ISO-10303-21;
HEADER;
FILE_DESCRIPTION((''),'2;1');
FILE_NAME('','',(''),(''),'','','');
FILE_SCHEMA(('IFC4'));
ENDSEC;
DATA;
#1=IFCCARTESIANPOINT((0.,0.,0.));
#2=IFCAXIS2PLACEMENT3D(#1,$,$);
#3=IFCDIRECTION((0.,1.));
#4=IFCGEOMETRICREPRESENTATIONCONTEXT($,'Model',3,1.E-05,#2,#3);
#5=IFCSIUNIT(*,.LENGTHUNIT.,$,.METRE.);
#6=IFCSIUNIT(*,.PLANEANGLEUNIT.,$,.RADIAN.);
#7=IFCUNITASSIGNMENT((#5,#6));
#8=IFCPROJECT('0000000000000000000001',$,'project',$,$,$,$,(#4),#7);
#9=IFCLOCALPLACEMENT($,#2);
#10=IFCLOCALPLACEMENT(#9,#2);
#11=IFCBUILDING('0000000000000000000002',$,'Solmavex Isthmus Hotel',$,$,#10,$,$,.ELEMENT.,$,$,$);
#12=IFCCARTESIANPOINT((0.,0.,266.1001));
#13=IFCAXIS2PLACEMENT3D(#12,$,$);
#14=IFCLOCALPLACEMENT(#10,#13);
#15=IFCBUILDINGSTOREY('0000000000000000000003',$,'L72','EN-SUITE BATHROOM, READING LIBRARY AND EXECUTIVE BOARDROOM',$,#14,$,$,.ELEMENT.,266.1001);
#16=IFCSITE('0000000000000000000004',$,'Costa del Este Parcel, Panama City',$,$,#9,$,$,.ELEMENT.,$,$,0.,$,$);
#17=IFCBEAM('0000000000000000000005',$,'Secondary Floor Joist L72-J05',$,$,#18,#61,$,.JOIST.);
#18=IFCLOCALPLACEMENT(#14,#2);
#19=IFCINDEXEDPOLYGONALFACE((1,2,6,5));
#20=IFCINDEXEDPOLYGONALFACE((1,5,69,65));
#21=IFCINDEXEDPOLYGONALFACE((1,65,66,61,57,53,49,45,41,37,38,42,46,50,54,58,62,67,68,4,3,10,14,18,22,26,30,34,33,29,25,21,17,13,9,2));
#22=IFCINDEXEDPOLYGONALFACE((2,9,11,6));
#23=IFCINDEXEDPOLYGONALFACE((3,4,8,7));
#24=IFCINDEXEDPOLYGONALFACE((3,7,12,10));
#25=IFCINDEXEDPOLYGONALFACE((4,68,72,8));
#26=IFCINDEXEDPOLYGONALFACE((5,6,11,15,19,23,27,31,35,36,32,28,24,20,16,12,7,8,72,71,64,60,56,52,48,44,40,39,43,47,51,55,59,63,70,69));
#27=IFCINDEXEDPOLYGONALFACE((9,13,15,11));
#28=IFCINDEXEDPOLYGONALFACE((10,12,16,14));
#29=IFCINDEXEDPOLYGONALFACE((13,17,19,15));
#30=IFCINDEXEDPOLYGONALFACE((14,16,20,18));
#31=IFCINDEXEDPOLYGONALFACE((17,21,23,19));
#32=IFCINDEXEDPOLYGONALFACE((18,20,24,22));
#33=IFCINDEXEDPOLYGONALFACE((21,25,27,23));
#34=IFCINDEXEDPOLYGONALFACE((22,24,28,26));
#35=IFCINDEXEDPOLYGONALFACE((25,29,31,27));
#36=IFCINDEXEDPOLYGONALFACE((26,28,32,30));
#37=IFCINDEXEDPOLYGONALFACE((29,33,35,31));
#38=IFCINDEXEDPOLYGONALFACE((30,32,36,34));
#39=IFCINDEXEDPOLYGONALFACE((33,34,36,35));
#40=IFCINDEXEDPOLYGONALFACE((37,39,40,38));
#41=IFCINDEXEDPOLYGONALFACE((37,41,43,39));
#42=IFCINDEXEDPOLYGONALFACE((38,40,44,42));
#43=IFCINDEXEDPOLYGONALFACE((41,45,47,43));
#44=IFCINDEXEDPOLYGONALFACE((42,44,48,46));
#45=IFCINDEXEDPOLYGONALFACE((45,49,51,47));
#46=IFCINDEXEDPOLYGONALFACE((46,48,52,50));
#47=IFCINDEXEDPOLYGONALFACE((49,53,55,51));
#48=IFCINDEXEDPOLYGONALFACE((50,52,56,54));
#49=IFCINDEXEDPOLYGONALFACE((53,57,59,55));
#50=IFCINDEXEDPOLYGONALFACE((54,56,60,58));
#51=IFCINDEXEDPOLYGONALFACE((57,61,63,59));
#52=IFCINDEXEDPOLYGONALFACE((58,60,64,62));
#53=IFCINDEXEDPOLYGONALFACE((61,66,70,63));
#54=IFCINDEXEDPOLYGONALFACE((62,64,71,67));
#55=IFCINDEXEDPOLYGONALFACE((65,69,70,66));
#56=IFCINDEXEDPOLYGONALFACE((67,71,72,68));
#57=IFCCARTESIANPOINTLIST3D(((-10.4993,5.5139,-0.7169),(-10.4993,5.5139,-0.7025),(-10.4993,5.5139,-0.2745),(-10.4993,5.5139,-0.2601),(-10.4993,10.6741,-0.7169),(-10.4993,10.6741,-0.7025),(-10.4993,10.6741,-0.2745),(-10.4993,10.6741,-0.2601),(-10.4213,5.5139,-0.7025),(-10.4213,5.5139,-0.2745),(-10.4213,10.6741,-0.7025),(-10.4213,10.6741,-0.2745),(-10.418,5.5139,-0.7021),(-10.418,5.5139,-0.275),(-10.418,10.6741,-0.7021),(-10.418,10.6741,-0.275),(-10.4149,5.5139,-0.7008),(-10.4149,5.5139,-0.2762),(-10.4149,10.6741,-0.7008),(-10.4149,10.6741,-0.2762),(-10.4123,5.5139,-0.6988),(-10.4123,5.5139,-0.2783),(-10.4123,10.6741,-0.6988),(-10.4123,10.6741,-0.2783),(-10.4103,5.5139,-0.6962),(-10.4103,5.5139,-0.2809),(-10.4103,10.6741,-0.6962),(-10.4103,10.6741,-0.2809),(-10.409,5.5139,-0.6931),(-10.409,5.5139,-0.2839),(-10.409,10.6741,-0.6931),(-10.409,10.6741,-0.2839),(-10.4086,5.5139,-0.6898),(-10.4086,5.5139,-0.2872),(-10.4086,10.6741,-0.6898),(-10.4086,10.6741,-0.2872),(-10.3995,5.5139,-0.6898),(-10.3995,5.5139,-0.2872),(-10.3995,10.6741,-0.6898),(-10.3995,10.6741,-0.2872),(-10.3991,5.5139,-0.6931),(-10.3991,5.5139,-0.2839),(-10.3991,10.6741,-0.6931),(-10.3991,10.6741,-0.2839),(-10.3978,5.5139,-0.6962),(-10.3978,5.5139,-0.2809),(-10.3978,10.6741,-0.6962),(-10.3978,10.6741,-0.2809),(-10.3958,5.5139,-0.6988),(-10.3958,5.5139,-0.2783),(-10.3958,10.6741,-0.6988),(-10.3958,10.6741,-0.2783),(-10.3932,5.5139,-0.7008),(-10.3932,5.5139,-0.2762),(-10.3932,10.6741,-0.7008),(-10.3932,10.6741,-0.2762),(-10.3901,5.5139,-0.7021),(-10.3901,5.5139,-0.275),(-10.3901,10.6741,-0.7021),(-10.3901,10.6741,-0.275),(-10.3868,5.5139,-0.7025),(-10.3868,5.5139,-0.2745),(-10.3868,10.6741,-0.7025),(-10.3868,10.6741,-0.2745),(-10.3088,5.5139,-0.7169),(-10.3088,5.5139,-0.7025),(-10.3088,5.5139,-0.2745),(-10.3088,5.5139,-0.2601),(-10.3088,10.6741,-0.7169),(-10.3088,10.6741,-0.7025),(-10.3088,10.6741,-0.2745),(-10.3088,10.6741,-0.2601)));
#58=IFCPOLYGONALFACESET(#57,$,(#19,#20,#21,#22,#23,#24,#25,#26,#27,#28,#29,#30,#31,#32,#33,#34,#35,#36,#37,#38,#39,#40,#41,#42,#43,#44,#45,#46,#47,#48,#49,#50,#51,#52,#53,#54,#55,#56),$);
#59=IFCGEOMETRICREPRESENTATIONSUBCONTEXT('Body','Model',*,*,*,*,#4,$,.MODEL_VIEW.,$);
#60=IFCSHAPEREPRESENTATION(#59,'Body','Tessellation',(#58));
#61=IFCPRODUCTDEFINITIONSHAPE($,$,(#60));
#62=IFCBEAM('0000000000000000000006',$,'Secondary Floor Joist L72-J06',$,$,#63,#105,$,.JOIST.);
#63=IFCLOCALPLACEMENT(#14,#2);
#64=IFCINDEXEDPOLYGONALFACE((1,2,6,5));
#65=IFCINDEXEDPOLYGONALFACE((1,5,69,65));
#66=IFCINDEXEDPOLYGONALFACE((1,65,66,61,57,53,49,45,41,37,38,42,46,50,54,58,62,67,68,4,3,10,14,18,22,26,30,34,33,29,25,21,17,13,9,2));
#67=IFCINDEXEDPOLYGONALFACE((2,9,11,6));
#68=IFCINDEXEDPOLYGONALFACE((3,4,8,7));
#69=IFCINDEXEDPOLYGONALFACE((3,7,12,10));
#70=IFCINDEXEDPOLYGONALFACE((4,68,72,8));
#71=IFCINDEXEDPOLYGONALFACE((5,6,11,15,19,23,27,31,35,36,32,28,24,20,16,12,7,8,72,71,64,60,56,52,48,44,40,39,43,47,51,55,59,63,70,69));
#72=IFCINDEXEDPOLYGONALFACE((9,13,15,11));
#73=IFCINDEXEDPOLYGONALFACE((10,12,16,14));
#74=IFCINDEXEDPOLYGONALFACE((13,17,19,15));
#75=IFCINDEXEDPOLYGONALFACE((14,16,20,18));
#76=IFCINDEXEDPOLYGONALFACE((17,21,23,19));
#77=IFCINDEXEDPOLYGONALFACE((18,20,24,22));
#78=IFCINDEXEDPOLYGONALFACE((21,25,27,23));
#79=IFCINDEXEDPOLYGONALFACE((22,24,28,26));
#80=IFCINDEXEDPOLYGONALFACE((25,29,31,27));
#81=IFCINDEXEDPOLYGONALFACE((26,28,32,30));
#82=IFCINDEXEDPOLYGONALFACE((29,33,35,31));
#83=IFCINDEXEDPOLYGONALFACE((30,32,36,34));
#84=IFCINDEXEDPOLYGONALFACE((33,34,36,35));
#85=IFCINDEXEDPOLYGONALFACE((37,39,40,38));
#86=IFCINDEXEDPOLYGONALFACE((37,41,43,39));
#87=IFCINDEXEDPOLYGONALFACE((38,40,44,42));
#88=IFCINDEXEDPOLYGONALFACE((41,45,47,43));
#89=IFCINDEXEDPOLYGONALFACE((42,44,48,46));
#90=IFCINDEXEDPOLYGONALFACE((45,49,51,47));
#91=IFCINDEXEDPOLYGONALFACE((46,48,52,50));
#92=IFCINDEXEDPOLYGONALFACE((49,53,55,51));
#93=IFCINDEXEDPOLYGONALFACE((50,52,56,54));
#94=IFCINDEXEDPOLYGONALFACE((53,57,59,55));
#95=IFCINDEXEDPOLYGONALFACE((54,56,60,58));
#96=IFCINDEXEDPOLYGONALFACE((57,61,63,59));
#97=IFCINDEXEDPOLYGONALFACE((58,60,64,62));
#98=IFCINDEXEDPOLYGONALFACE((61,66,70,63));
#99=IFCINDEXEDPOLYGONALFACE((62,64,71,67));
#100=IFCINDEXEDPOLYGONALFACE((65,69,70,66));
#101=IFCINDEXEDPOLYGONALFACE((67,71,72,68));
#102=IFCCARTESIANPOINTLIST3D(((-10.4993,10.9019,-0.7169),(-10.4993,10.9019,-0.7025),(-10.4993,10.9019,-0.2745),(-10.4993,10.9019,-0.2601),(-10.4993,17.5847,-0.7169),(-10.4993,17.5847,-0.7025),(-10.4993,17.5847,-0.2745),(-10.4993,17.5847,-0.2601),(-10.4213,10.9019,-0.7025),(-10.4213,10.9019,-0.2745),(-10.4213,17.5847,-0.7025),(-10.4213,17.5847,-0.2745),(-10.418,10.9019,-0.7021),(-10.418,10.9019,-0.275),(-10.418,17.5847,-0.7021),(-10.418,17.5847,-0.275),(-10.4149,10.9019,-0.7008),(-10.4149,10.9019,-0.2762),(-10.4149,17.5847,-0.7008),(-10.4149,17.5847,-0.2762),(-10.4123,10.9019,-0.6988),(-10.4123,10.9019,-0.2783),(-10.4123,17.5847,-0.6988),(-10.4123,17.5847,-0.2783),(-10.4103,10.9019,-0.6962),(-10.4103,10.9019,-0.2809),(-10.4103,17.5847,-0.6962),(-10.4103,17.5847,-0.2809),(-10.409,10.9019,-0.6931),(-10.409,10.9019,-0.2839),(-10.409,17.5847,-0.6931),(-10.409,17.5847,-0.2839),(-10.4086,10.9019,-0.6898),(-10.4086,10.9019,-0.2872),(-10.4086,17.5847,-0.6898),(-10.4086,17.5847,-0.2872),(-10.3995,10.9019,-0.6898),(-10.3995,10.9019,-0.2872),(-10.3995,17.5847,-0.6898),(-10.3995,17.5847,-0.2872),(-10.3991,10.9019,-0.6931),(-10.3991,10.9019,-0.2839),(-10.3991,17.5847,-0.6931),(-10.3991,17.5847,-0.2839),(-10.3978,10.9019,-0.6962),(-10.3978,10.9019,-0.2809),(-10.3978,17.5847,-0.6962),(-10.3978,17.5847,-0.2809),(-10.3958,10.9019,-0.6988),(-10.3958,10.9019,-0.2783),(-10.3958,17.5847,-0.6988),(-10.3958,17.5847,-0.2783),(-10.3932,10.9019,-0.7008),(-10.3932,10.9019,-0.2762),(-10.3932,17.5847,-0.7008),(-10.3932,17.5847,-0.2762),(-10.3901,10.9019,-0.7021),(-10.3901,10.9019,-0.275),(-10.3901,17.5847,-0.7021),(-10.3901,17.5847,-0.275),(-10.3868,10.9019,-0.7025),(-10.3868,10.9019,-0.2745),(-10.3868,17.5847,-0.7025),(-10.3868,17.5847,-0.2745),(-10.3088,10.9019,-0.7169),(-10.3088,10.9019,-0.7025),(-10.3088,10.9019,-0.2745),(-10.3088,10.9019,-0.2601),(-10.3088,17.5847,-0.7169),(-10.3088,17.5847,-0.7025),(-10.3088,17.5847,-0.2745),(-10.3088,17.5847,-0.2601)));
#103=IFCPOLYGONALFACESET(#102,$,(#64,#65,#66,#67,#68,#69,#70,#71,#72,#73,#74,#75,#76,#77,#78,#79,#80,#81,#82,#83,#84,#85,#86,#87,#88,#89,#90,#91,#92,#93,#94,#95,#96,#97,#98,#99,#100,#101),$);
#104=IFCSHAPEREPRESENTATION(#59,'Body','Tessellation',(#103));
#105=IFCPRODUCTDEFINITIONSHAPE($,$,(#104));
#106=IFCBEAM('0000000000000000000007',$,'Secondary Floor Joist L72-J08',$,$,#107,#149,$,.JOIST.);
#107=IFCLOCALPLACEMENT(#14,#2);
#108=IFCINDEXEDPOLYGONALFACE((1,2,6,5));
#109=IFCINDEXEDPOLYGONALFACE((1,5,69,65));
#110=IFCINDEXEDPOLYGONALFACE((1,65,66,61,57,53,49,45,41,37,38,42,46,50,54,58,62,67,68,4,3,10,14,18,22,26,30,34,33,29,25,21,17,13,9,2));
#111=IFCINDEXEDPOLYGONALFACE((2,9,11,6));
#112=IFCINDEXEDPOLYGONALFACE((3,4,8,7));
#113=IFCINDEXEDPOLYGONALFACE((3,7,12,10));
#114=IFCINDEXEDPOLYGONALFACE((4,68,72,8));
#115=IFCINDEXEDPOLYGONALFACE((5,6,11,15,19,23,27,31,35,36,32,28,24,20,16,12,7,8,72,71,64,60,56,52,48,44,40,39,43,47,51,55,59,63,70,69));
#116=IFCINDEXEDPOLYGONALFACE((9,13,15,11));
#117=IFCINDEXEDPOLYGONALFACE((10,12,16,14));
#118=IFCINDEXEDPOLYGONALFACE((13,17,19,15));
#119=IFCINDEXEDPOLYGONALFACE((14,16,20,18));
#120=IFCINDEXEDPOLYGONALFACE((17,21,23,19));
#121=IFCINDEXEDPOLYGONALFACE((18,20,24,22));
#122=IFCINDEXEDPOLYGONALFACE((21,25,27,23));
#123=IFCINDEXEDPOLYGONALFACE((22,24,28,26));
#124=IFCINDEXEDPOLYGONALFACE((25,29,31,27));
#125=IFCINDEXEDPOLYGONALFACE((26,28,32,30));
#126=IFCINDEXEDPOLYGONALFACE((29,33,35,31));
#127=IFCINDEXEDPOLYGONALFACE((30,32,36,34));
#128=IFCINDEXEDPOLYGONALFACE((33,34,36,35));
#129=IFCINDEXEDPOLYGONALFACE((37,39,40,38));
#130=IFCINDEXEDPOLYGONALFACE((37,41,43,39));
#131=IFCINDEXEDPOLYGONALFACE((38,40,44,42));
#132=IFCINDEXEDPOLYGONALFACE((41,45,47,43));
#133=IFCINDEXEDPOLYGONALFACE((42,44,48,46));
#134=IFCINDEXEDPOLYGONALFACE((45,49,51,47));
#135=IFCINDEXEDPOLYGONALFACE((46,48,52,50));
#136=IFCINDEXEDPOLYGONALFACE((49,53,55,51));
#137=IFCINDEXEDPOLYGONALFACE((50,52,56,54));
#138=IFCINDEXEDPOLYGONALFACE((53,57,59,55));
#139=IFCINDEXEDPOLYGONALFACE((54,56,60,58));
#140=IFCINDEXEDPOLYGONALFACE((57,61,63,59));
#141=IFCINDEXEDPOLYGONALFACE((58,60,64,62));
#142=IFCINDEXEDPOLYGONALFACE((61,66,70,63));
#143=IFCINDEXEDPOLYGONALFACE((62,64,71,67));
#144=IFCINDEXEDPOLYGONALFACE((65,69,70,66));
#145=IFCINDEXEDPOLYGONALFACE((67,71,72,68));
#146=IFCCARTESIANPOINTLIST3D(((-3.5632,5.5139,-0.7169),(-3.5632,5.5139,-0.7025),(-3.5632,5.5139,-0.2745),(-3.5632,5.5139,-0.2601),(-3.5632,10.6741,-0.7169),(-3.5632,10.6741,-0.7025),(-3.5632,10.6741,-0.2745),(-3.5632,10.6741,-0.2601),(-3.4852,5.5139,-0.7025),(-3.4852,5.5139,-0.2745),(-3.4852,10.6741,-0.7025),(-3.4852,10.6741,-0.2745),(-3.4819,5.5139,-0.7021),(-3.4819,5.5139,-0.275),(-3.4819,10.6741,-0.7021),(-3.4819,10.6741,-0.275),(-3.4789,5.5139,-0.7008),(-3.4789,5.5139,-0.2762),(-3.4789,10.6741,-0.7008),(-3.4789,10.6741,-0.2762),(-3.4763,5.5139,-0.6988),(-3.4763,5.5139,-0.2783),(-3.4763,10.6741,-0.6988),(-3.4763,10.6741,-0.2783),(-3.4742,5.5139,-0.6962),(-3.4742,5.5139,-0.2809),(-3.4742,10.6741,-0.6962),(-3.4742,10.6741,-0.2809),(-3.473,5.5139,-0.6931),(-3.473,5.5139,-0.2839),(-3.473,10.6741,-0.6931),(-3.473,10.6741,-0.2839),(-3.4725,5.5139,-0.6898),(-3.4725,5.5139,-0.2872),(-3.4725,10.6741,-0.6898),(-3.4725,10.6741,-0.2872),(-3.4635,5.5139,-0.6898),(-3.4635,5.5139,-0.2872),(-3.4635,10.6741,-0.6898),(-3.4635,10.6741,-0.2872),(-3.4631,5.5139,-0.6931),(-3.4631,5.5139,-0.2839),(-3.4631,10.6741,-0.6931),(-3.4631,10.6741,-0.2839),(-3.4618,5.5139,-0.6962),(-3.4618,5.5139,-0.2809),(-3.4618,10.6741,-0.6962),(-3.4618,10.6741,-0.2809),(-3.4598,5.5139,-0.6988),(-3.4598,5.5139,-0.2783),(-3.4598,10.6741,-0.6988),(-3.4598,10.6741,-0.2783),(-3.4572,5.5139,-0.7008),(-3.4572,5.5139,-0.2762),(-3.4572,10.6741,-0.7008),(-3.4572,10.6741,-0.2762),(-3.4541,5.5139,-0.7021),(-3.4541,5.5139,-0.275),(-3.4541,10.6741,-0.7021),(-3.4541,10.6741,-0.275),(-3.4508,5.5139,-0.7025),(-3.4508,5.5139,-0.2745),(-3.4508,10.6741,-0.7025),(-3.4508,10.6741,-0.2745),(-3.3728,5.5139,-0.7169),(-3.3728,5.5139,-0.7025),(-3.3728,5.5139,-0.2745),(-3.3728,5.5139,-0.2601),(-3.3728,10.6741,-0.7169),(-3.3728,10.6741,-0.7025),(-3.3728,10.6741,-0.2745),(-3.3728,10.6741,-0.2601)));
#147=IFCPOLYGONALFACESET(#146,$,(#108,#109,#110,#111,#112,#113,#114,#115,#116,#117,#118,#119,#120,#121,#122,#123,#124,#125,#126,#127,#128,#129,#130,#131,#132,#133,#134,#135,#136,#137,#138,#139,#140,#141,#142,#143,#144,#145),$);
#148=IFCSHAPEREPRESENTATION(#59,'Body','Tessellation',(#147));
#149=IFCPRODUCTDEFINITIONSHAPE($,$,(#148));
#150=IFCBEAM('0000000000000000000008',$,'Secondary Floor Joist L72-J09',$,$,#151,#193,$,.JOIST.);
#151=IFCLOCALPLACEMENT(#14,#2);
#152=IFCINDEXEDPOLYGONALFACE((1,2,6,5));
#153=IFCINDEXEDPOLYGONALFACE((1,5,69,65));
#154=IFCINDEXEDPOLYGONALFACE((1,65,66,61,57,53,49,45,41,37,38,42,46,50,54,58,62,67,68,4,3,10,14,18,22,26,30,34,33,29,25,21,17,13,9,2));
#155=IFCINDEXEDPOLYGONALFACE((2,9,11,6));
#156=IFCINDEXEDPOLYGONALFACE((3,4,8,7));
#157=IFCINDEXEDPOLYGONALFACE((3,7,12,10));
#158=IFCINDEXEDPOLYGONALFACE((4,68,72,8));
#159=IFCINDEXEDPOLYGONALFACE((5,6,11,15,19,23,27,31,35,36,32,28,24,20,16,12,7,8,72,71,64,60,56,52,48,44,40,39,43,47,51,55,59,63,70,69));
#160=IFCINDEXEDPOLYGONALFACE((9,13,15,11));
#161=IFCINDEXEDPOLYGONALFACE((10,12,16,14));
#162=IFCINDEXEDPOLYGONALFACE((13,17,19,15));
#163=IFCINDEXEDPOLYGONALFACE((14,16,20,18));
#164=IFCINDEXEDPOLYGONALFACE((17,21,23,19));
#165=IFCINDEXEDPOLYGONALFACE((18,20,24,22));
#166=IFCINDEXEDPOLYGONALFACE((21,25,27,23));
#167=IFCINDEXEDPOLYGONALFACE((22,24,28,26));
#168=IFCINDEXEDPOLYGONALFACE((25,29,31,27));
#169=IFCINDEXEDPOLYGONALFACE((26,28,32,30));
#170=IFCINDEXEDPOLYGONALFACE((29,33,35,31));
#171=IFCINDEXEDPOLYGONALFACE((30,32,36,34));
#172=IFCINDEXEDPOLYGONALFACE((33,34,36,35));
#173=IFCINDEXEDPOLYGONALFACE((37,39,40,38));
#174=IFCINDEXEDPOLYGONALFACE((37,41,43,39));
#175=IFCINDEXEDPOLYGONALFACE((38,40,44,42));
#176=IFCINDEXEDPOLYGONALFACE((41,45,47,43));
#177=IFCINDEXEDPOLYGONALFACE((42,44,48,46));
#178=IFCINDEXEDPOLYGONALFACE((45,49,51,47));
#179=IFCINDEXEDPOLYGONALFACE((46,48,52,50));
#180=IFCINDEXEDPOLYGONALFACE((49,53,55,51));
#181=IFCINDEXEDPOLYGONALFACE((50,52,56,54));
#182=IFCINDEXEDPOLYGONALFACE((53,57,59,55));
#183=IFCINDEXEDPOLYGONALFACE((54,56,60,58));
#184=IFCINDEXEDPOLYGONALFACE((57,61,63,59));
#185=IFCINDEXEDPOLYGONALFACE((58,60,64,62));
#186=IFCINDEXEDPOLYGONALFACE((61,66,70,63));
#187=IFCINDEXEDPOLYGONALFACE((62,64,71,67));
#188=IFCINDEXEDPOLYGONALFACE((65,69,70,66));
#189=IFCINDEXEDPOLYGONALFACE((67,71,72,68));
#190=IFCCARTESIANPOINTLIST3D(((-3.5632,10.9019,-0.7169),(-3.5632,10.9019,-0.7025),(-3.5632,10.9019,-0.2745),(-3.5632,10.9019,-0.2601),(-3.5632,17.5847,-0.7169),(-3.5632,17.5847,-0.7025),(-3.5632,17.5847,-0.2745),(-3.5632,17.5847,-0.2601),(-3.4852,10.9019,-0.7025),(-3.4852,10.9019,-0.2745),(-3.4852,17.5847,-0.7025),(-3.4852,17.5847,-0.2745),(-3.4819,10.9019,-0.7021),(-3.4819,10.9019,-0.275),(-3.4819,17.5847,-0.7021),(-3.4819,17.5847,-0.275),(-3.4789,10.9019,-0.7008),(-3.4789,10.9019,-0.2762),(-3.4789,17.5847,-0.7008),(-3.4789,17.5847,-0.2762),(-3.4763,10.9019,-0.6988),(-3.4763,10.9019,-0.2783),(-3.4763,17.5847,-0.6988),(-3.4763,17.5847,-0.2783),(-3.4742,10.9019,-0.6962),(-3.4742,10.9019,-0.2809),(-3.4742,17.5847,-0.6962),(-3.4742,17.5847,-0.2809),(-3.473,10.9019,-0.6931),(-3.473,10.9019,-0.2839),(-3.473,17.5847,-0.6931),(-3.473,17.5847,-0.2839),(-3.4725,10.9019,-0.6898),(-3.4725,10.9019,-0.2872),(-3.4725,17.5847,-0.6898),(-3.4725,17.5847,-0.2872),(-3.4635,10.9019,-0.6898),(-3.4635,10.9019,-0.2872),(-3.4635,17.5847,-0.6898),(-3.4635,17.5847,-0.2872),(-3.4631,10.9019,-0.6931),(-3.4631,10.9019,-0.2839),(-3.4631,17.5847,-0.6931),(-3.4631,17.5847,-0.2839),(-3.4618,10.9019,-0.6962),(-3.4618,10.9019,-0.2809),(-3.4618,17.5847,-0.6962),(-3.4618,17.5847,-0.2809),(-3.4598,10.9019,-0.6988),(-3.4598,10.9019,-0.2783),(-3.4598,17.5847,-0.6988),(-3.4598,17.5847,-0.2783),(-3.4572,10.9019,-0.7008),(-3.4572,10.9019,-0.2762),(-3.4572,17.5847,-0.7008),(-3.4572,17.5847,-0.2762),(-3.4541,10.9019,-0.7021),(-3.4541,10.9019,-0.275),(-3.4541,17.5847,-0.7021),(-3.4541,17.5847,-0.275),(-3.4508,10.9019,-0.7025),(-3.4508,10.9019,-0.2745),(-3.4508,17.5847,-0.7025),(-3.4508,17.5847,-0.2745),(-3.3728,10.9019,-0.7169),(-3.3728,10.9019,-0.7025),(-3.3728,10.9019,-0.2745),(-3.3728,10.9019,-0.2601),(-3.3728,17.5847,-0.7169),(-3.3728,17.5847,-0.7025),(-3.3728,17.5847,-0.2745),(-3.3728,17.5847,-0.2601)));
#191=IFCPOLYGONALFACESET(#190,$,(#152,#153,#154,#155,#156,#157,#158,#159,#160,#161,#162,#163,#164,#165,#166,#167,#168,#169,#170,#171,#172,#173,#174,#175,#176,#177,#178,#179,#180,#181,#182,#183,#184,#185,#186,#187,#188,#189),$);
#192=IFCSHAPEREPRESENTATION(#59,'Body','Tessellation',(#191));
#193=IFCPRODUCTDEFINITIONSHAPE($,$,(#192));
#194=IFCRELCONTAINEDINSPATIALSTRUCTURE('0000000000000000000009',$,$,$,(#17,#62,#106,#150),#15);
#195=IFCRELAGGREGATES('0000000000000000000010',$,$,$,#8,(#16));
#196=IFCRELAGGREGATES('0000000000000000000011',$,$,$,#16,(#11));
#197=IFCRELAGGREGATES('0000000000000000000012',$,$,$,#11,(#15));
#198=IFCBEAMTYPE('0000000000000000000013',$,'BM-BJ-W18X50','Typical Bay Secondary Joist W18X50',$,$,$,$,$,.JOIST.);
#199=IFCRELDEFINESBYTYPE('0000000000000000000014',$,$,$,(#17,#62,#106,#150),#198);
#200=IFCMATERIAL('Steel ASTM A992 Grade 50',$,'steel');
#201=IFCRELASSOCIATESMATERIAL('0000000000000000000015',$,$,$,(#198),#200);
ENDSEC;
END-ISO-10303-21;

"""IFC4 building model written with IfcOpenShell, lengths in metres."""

from ifc_helpers import new_model, si_unit, direction, frame, origin, origin_2d, place, context, subcontext, project, spatial, i_section, extrude, material, material_profile, profile_set, type_object, element, save


model = new_model("IFC4")

# Units and contexts
model_context = context("Model", 3, precision=1e-05, world=origin(), true_north=direction((0.0, 1.0)))
body_context = subcontext(model_context, "Body", "Model", "MODEL_VIEW")
ifc_project = project(units=[si_unit("LENGTHUNIT", "METRE"), si_unit("PLANEANGLEUNIT", "RADIAN")], contexts=[model_context])

# Site, building, storey
site_placement = place(None, origin())
site = spatial("IfcSite", under=ifc_project, at=site_placement, Name="Costa del Este Parcel, Panama City", CompositionType="ELEMENT", RefElevation=0.0)
building_placement = place(site_placement, origin())
building = spatial("IfcBuilding", under=site, at=building_placement, Name="Solmavex Isthmus Hotel", CompositionType="ELEMENT")
storey_placement = place(building_placement, frame((0.0, 0.0, 266.1001)))
storey = spatial("IfcBuildingStorey", under=building, at=storey_placement, Name="L72", Description="EN-SUITE BATHROOM, READING LIBRARY AND EXECUTIVE BOARDROOM", CompositionType="ELEMENT", Elevation=266.1001)

# Beams
ifc_material_1 = material(Name="Steel ASTM A992 Grade 50", Category="steel")
ifc_material_profile_1 = material_profile(ifc_material_1, i_section(OverallWidth=0.1904, OverallDepth=0.4568, WebThickness=0.009, FlangeThickness=0.0144, FilletRadius=0.0127, at=origin_2d()), Name="W18X50")
ifc_profile_set_1 = profile_set([ifc_material_profile_1], Name="Steel ASTM A992 Grade 50")
beam_type_1 = type_object("IfcBeamType", Name="BM-BJ-W18X50", Description="Typical Bay Secondary Joist W18X50", PredefinedType="JOIST", material=ifc_profile_set_1)
beam_1_placement = place(storey_placement, frame((-10.4041, 5.5139, -0.4885), z_axis=(0.0, 1.0, 0.0), x_axis=(-1.0, 0.0, 0.0)))
element("IfcBeam", 1, at=beam_1_placement, inside=storey, type_object=beam_type_1, Name="Secondary Floor Joist L72-J05", PredefinedType="JOIST", context=body_context, shape_type="SweptSolid", body=[
    extrude(i_section(OverallWidth=0.1904, OverallDepth=0.4568, WebThickness=0.009, FlangeThickness=0.0144, FilletRadius=0.0127, at=origin_2d()), origin(), (0.0, 0.0, 1.0), 5.1602),
])
beam_2_placement = place(storey_placement, frame((-10.4041, 10.9019, -0.4885), z_axis=(0.0, 1.0, 0.0), x_axis=(-1.0, 0.0, 0.0)))
element("IfcBeam", 2, at=beam_2_placement, inside=storey, type_object=beam_type_1, Name="Secondary Floor Joist L72-J06", PredefinedType="JOIST", context=body_context, shape_type="SweptSolid", body=[
    extrude(i_section(OverallWidth=0.1904, OverallDepth=0.4568, WebThickness=0.009, FlangeThickness=0.0144, FilletRadius=0.0127, at=origin_2d()), origin(), (0.0, 0.0, 1.0), 6.6829),
])
beam_3_placement = place(storey_placement, frame((-3.468, 5.5139, -0.4885), z_axis=(0.0, 1.0, 0.0), x_axis=(-1.0, 0.0, 0.0)))
element("IfcBeam", 3, at=beam_3_placement, inside=storey, type_object=beam_type_1, Name="Secondary Floor Joist L72-J08", PredefinedType="JOIST", context=body_context, shape_type="SweptSolid", body=[
    extrude(i_section(OverallWidth=0.1904, OverallDepth=0.4568, WebThickness=0.009, FlangeThickness=0.0144, FilletRadius=0.0127, at=origin_2d()), origin(), (0.0, 0.0, 1.0), 5.1602),
])
beam_4_placement = place(storey_placement, frame((-3.468, 10.9019, -0.4885), z_axis=(0.0, 1.0, 0.0), x_axis=(-1.0, 0.0, 0.0)))
element("IfcBeam", 4, at=beam_4_placement, inside=storey, type_object=beam_type_1, Name="Secondary Floor Joist L72-J09", PredefinedType="JOIST", context=body_context, shape_type="SweptSolid", body=[
    extrude(i_section(OverallWidth=0.1904, OverallDepth=0.4568, WebThickness=0.009, FlangeThickness=0.0144, FilletRadius=0.0127, at=origin_2d()), origin(), (0.0, 0.0, 1.0), 6.6829),
])

save(model, "model.ifc")
